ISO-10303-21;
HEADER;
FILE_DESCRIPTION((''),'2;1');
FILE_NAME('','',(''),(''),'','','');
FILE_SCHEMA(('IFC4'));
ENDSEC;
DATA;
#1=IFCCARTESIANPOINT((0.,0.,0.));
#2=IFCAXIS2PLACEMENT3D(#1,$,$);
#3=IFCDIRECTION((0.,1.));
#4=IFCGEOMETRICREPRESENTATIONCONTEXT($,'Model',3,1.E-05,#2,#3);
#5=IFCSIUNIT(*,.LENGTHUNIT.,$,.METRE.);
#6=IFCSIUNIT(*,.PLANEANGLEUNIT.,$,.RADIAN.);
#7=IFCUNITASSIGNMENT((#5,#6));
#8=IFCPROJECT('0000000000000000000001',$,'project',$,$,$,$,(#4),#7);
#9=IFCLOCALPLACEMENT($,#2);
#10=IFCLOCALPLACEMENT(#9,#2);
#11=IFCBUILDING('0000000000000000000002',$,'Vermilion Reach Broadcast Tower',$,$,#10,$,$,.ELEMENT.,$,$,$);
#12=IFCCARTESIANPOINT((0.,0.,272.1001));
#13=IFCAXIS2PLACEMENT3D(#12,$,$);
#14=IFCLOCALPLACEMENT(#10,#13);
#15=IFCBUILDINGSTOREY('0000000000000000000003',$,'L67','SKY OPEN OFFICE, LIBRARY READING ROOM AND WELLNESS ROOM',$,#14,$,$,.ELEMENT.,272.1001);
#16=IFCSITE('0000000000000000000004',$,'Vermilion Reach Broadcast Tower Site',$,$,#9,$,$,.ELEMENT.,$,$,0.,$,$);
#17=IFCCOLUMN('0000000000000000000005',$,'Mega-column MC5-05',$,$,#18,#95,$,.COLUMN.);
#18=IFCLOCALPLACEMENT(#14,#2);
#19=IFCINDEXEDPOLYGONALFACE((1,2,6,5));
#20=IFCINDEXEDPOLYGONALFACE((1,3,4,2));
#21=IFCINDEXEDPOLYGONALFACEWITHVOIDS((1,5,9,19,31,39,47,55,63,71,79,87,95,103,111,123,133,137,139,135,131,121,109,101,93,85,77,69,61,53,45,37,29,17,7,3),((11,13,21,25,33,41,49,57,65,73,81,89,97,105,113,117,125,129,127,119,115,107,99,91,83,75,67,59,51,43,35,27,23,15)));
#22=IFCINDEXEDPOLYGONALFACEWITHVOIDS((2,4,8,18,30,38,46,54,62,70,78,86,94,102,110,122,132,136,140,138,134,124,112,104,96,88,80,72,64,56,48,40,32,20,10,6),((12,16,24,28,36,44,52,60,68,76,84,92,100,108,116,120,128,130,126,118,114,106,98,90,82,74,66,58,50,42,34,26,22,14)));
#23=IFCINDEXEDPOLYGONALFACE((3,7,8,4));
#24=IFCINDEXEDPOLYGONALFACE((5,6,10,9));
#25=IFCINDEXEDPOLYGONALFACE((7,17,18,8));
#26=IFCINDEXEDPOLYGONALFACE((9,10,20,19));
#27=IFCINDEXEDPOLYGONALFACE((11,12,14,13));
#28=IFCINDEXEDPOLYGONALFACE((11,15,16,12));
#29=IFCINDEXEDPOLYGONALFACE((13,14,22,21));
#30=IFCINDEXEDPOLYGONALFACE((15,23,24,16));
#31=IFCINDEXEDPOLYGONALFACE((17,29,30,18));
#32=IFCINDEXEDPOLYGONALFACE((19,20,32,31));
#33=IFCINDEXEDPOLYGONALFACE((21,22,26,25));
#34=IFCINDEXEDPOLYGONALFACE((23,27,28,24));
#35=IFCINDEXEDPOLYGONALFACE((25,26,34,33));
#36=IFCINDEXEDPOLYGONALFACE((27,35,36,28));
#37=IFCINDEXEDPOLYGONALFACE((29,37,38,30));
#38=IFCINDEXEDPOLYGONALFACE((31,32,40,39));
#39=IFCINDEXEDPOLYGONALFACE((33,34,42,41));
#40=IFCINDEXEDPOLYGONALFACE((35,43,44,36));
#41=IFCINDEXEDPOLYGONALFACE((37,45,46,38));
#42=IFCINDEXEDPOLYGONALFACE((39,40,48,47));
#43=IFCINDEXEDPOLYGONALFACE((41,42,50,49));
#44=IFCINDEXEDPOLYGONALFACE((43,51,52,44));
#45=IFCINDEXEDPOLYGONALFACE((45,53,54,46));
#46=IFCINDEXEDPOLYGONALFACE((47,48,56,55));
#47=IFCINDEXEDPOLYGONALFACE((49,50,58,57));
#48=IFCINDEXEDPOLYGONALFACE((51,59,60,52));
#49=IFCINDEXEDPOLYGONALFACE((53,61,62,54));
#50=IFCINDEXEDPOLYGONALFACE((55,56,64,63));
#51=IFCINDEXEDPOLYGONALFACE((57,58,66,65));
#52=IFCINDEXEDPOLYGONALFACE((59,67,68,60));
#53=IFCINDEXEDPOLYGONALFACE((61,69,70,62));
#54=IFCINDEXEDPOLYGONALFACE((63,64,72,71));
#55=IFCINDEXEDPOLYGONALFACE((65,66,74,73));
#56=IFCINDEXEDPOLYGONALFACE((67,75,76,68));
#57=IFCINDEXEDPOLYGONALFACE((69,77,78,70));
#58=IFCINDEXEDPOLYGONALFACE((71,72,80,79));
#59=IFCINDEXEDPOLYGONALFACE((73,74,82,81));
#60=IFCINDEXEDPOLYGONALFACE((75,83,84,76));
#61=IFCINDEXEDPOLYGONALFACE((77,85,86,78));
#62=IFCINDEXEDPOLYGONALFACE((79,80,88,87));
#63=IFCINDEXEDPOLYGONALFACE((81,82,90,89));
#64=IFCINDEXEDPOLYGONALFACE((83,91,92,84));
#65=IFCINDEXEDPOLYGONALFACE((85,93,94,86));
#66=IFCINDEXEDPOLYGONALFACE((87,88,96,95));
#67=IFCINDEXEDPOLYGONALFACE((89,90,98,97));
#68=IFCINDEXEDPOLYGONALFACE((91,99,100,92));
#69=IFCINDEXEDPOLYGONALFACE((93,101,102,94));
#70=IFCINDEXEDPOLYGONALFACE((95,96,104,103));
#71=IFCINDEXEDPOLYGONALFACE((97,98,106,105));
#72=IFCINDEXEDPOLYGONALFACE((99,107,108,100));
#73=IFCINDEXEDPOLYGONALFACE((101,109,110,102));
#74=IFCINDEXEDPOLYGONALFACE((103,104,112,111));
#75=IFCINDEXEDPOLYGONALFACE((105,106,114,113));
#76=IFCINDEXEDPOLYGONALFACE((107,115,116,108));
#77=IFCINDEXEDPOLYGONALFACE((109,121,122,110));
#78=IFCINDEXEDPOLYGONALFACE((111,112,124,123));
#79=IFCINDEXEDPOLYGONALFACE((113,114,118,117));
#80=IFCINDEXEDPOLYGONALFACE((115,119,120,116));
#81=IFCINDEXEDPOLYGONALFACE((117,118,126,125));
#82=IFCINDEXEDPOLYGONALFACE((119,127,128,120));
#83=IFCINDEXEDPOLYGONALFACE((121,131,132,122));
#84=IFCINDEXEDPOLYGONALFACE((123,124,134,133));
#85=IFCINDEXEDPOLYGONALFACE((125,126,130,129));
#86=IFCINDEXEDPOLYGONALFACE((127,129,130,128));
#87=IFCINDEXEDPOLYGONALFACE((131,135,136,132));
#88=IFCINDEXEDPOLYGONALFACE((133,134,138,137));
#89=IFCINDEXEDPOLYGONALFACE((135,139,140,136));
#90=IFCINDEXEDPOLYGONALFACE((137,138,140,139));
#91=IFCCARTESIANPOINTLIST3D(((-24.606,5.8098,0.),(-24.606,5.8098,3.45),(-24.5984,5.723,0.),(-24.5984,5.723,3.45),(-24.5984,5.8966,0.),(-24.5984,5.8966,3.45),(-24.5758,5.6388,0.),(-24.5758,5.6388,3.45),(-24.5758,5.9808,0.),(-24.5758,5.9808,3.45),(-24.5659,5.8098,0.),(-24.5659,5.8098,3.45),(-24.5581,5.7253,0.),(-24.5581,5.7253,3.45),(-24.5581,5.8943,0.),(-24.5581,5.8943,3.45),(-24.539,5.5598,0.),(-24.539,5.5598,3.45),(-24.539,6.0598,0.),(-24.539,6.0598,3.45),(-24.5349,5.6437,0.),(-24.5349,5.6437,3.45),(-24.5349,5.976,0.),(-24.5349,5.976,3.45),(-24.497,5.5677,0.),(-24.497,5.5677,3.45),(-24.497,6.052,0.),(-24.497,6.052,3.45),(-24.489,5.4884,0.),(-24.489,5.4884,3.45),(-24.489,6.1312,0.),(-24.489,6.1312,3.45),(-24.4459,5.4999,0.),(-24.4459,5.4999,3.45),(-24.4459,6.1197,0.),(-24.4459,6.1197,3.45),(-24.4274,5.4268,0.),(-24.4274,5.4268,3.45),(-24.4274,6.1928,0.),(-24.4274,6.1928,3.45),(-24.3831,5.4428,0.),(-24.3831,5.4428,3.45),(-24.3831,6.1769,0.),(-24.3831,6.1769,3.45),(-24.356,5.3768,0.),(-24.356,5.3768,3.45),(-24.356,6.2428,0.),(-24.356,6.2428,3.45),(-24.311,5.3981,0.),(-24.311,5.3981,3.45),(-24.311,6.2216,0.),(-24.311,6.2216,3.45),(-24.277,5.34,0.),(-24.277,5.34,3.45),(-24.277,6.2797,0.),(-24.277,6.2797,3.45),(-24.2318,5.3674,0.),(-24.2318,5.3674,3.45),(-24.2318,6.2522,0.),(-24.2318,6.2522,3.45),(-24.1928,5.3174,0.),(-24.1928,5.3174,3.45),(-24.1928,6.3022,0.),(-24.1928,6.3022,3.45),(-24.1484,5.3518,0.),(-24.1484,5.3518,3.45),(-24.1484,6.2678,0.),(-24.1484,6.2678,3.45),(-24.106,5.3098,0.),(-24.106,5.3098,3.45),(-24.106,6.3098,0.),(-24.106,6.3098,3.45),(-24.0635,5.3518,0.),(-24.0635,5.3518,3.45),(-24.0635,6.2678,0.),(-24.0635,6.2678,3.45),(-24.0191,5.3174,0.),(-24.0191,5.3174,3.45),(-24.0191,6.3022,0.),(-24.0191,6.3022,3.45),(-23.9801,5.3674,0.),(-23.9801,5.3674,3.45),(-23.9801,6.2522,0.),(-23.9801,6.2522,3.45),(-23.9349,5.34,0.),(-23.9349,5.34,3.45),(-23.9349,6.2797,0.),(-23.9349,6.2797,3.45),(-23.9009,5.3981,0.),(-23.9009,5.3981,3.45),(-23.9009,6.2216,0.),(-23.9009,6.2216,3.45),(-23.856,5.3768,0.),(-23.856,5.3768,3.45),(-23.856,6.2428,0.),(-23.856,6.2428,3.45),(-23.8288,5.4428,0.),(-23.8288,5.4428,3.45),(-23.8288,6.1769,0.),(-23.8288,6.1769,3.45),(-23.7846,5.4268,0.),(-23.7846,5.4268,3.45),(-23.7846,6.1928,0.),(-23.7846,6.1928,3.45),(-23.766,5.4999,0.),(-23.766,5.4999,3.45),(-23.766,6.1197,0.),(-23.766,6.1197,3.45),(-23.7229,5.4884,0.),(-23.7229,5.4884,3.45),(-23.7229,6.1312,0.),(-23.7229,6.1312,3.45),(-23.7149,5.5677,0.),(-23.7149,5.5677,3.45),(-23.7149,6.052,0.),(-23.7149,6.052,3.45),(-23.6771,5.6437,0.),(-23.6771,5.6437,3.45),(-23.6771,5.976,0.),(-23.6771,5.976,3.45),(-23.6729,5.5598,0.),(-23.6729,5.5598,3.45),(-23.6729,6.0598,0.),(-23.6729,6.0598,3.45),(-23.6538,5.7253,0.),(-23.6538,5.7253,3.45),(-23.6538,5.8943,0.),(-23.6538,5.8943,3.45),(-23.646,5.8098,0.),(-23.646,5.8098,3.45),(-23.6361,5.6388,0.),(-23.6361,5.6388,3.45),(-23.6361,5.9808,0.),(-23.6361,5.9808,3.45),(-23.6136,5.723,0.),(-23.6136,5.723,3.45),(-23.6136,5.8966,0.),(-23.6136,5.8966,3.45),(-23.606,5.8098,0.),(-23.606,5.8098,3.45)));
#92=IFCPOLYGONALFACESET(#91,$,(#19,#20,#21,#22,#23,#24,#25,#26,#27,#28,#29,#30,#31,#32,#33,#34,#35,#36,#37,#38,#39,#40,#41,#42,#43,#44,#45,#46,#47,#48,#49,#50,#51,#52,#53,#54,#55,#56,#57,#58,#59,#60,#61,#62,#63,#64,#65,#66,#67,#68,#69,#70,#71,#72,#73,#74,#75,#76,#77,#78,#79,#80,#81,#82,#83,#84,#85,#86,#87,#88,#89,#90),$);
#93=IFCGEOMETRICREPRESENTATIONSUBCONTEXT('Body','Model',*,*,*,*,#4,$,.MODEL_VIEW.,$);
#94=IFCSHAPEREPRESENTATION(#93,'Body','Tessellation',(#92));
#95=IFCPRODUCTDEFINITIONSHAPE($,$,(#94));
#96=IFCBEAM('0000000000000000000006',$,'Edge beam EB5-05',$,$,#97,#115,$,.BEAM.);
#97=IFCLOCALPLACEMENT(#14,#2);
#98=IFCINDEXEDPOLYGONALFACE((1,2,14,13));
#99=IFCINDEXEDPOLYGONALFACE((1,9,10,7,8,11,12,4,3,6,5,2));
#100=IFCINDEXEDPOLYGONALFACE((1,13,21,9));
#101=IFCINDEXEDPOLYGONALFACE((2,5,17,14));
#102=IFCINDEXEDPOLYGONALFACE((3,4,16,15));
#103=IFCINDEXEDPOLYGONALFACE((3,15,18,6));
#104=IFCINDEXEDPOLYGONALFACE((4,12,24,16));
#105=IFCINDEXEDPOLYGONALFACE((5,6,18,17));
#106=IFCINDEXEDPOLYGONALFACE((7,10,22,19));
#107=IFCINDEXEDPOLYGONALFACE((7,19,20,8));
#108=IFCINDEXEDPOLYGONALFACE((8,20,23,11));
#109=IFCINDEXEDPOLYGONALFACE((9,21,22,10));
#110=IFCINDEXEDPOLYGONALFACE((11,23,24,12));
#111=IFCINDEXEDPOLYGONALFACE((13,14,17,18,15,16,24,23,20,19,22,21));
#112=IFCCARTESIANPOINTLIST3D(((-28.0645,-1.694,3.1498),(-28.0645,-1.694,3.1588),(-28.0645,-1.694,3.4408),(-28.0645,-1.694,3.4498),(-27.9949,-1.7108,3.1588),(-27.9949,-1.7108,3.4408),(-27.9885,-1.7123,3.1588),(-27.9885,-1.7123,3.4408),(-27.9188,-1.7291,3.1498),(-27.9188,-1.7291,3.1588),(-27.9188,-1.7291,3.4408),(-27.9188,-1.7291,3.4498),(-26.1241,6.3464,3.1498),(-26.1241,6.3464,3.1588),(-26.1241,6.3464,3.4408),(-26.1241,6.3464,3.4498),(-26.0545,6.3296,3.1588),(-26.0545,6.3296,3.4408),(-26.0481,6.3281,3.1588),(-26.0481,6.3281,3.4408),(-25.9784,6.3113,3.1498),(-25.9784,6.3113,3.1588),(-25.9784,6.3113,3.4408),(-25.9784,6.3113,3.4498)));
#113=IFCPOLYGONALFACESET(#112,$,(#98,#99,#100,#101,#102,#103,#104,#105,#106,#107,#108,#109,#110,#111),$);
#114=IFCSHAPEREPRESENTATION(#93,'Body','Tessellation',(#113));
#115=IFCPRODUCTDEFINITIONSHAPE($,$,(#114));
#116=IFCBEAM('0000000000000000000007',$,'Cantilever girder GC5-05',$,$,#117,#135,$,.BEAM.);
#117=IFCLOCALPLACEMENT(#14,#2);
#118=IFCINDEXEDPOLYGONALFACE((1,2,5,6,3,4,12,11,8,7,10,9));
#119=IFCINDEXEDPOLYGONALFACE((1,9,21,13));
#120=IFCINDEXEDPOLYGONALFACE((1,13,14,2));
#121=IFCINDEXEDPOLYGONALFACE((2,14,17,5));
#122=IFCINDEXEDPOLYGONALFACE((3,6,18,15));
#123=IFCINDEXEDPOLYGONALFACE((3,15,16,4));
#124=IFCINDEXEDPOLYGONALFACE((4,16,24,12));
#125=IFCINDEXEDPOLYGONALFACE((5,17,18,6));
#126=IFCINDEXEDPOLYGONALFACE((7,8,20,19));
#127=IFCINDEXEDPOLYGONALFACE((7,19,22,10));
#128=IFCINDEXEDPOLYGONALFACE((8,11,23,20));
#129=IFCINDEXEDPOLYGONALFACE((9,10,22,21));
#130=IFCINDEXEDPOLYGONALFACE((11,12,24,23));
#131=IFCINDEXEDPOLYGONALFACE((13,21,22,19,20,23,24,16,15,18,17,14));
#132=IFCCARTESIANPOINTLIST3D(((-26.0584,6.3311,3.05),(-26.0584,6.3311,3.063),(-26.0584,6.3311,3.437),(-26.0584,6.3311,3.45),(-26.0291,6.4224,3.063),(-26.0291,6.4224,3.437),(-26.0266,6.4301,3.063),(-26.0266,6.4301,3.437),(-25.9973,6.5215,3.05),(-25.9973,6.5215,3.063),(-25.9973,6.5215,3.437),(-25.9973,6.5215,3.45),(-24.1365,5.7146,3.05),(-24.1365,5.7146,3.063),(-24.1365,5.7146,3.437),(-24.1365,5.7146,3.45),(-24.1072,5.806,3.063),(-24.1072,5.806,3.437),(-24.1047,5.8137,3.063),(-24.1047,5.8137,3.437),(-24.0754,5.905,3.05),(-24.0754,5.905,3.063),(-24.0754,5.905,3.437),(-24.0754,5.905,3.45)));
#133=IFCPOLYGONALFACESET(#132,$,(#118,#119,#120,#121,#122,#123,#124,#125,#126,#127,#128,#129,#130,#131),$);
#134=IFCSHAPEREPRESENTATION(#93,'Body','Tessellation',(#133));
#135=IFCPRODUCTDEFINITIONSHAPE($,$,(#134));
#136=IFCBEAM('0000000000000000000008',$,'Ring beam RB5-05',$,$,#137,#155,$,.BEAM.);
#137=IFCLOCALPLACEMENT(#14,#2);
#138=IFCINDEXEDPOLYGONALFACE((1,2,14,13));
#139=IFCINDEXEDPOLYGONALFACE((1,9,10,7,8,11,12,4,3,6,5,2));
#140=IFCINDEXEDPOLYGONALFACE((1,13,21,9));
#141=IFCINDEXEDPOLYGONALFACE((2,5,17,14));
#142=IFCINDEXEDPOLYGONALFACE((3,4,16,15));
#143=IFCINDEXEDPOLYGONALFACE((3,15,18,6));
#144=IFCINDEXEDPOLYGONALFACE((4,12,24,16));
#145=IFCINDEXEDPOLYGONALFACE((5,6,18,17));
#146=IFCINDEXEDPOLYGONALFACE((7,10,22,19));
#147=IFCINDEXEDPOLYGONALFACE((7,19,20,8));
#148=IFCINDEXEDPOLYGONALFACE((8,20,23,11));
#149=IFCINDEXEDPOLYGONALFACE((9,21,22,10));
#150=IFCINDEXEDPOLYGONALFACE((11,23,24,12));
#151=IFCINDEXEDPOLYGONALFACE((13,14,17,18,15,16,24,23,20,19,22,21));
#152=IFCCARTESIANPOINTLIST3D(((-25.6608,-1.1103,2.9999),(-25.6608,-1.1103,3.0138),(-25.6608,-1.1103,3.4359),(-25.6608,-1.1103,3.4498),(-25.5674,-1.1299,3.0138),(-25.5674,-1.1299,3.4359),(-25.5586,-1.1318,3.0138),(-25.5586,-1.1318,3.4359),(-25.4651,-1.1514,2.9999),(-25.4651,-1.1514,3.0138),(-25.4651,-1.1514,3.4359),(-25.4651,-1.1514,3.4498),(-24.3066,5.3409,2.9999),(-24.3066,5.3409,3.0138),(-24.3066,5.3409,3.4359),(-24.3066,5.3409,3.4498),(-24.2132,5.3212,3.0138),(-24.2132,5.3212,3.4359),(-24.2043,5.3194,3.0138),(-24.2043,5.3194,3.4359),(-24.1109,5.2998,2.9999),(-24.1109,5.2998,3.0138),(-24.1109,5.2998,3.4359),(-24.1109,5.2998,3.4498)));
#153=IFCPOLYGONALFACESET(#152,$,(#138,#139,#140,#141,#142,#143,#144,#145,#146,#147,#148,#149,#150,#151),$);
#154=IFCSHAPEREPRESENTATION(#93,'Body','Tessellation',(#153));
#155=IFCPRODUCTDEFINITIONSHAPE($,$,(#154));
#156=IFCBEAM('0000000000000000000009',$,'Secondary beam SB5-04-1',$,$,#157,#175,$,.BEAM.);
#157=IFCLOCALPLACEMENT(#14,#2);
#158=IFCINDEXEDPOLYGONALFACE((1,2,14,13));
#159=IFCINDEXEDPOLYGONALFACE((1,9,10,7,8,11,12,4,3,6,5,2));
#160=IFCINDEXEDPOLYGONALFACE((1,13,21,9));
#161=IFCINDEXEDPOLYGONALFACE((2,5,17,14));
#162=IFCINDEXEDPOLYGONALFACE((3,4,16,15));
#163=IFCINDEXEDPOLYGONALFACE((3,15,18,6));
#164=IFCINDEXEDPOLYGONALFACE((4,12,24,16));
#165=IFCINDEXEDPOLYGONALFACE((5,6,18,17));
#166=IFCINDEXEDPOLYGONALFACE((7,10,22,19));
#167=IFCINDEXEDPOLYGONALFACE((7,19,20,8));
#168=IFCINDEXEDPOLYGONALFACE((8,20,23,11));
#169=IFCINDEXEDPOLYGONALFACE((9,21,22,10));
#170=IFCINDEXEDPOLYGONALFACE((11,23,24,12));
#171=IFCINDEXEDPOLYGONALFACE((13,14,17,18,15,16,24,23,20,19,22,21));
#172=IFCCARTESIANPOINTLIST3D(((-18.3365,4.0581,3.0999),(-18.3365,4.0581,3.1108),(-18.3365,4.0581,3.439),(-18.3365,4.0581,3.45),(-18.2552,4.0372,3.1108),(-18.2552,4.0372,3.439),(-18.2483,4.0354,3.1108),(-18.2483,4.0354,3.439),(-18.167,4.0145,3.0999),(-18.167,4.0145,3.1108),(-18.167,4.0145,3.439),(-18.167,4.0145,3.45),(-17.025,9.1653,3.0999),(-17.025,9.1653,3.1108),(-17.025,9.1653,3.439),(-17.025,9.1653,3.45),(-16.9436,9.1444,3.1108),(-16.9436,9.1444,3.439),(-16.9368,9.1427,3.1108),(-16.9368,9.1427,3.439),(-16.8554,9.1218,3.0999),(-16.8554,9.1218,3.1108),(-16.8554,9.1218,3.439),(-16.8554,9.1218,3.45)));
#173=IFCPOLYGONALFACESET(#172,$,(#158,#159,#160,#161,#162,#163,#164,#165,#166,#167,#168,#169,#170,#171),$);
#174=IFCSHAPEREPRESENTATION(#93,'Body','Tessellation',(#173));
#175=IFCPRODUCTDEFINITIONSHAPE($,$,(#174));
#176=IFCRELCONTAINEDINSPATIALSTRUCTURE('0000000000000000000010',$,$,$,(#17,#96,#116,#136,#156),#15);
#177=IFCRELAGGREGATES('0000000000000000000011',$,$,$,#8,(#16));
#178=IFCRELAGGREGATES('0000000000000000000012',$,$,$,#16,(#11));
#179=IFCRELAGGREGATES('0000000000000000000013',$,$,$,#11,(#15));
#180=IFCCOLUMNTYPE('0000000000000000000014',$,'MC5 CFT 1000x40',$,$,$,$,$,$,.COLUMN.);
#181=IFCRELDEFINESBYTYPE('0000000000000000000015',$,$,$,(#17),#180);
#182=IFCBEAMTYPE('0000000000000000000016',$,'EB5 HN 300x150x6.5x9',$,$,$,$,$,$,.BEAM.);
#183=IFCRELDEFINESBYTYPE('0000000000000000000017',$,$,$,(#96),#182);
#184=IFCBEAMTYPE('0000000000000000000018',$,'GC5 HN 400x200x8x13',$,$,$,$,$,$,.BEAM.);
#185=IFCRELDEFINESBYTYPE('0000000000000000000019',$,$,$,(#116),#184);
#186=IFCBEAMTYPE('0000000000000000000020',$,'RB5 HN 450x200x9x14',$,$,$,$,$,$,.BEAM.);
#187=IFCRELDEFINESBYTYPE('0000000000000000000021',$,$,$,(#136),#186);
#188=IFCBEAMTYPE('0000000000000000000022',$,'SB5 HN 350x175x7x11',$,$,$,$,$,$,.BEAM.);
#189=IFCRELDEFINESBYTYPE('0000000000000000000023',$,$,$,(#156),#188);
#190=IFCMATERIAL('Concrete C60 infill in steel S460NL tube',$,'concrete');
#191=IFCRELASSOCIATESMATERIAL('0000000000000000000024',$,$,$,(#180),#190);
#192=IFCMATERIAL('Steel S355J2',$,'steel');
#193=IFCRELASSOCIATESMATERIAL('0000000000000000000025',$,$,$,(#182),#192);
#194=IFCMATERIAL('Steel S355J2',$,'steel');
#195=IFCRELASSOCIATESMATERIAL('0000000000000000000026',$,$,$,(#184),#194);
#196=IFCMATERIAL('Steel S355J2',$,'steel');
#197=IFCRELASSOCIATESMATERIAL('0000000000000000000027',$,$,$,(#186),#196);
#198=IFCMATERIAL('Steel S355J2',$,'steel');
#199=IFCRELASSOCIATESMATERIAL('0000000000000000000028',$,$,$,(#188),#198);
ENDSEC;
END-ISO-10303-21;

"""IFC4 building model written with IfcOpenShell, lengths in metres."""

from ifc_helpers import new_model, si_unit, direction, frame, origin, origin_2d, place, context, subcontext, project, spatial, hollow_circle, i_section, extrude, material, material_profile, profile_set, type_object, element, save


model = new_model("IFC4")

# Units and contexts
model_context = context("Model", 3, precision=1e-05, world=origin(), true_north=direction((0.0, 1.0)))
body_context = subcontext(model_context, "Body", "Model", "MODEL_VIEW")
ifc_project = project(units=[si_unit("LENGTHUNIT", "METRE"), si_unit("PLANEANGLEUNIT", "RADIAN")], contexts=[model_context])

# Site, building, storey
site_placement = place(None, origin())
site = spatial("IfcSite", under=ifc_project, at=site_placement, Name="Vermilion Reach Broadcast Tower Site", CompositionType="ELEMENT", RefElevation=0.0)
building_placement = place(site_placement, origin())
building = spatial("IfcBuilding", under=site, at=building_placement, Name="Vermilion Reach Broadcast Tower", CompositionType="ELEMENT")
storey_placement = place(building_placement, frame((0.0, 0.0, 272.1001)))
storey = spatial("IfcBuildingStorey", under=building, at=storey_placement, Name="L67", Description="SKY OPEN OFFICE, LIBRARY READING ROOM AND WELLNESS ROOM", CompositionType="ELEMENT", Elevation=272.1001)

# Column
ifc_material_1 = material(Name="Concrete C60 infill in steel S460NL tube", Category="concrete")
ifc_material_profile_1 = material_profile(ifc_material_1, hollow_circle(Radius=0.5, WallThickness=0.04, at=origin_2d()), Name="Concrete C60 infill in steel S460NL tube CFT 1000x40")
ifc_profile_set_1 = profile_set([ifc_material_profile_1], Name="Concrete C60 infill in steel S460NL tube")
column_type = type_object("IfcColumnType", Name="MC5 CFT 1000x40", PredefinedType="COLUMN", material=ifc_profile_set_1)
column_placement = place(storey_placement, frame((-24.106, 5.8098, 0.0), z_axis=(0.0, 0.0, 1.0), x_axis=(1.0, 0.0, 0.0)))
element("IfcColumn", 1, at=column_placement, inside=storey, type_object=column_type, Name="Mega-column MC5-05", PredefinedType="COLUMN", context=body_context, shape_type="SweptSolid", body=[
    extrude(hollow_circle(Radius=0.5, WallThickness=0.04, at=origin_2d()), origin(), (0.0, 0.0, 1.0), 3.45),
])

# Beams
ifc_material_2 = material(Name="Steel S355J2", Category="steel")
ifc_material_profile_2 = material_profile(ifc_material_2, i_section(OverallWidth=0.1499, OverallDepth=0.3, WebThickness=0.0066, FlangeThickness=0.009, at=origin_2d()), Name="S355J2 HN 300x150x6.5x9")
ifc_profile_set_2 = profile_set([ifc_material_profile_2], Name="Steel S355J2")
beam_type_1 = type_object("IfcBeamType", Name="EB5 HN 300x150x6.5x9", PredefinedType="BEAM", material=ifc_profile_set_2)
beam_1_placement = place(storey_placement, frame((-26.0513, 6.3289, 3.2998), z_axis=(-0.234596, -0.972093, 0.0), x_axis=(0.972093, -0.234596, 0.0)))
element("IfcBeam", 2, at=beam_1_placement, inside=storey, type_object=beam_type_1, Name="Edge beam EB5-05", PredefinedType="BEAM", context=body_context, shape_type="SweptSolid", body=[
    extrude(i_section(OverallWidth=0.1499, OverallDepth=0.3, WebThickness=0.0066, FlangeThickness=0.009, at=origin_2d()), origin(), (0.0, 0.0, 1.0), 8.2712),
])
ifc_material_3 = material(Name="Steel S355J2", Category="steel")
ifc_material_profile_3 = material_profile(ifc_material_3, i_section(OverallWidth=0.2, OverallDepth=0.3999, WebThickness=0.0081, FlangeThickness=0.0129, at=origin_2d()), Name="S355J2 HN 400x200x8x13")
ifc_profile_set_3 = profile_set([ifc_material_profile_3], Name="Steel S355J2")
beam_type_2 = type_object("IfcBeamType", Name="GC5 HN 400x200x8x13", PredefinedType="BEAM", material=ifc_profile_set_3)
beam_2_placement = place(storey_placement, frame((-24.106, 5.8098, 3.25), z_axis=(-0.952215, 0.30543, 0.0), x_axis=(-0.30543, -0.952215, 0.0)))
element("IfcBeam", 3, at=beam_2_placement, inside=storey, type_object=beam_type_2, Name="Cantilever girder GC5-05", PredefinedType="BEAM", context=body_context, shape_type="SweptSolid", body=[
    extrude(i_section(OverallWidth=0.2, OverallDepth=0.3999, WebThickness=0.0081, FlangeThickness=0.0129, at=origin_2d()), origin(), (0.0, 0.0, 1.0), 2.0183),
])
ifc_material_4 = material(Name="Steel S355J2", Category="steel")
ifc_material_profile_4 = material_profile(ifc_material_4, i_section(OverallWidth=0.2, OverallDepth=0.45, WebThickness=0.009, FlangeThickness=0.0139, at=origin_2d()), Name="S355J2 HN 450x200x9x14")
ifc_profile_set_4 = profile_set([ifc_material_profile_4], Name="Steel S355J2")
beam_type_3 = type_object("IfcBeamType", Name="RB5 HN 450x200x9x14", PredefinedType="BEAM", material=ifc_profile_set_4)
beam_3_placement = place(storey_placement, frame((-24.2087, 5.3203, 3.2249), z_axis=(-0.205445, -0.978669, 0.0), x_axis=(0.978669, -0.205445, 0.0)))
element("IfcBeam", 4, at=beam_3_placement, inside=storey, type_object=beam_type_3, Name="Ring beam RB5-05", PredefinedType="BEAM", context=body_context, shape_type="SweptSolid", body=[
    extrude(i_section(OverallWidth=0.2, OverallDepth=0.45, WebThickness=0.009, FlangeThickness=0.0139, at=origin_2d()), origin(), (0.0, 0.0, 1.0), 6.5918),
])
ifc_material_5 = material(Name="Steel S355J2", Category="steel")
ifc_material_profile_5 = material_profile(ifc_material_5, i_section(OverallWidth=0.175, OverallDepth=0.3501, WebThickness=0.0071, FlangeThickness=0.011, at=origin_2d()), Name="S355J2 HN 350x175x7x11")
ifc_profile_set_5 = profile_set([ifc_material_profile_5], Name="Steel S355J2")
beam_type_4 = type_object("IfcBeamType", Name="SB5 HN 350x175x7x11", PredefinedType="BEAM", material=ifc_profile_set_5)
beam_4_placement = place(storey_placement, frame((-16.9402, 9.1436, 3.2749), z_axis=(-0.24873, -0.968573, 0.0), x_axis=(0.968573, -0.24873, 0.0)))
element("IfcBeam", 5, at=beam_4_placement, inside=storey, type_object=beam_type_4, Name="Secondary beam SB5-04-1", PredefinedType="BEAM", context=body_context, shape_type="SweptSolid", body=[
    extrude(i_section(OverallWidth=0.175, OverallDepth=0.3501, WebThickness=0.0071, FlangeThickness=0.011, at=origin_2d()), origin(), (0.0, 0.0, 1.0), 5.2729),
])

save(model, "model.ifc")
